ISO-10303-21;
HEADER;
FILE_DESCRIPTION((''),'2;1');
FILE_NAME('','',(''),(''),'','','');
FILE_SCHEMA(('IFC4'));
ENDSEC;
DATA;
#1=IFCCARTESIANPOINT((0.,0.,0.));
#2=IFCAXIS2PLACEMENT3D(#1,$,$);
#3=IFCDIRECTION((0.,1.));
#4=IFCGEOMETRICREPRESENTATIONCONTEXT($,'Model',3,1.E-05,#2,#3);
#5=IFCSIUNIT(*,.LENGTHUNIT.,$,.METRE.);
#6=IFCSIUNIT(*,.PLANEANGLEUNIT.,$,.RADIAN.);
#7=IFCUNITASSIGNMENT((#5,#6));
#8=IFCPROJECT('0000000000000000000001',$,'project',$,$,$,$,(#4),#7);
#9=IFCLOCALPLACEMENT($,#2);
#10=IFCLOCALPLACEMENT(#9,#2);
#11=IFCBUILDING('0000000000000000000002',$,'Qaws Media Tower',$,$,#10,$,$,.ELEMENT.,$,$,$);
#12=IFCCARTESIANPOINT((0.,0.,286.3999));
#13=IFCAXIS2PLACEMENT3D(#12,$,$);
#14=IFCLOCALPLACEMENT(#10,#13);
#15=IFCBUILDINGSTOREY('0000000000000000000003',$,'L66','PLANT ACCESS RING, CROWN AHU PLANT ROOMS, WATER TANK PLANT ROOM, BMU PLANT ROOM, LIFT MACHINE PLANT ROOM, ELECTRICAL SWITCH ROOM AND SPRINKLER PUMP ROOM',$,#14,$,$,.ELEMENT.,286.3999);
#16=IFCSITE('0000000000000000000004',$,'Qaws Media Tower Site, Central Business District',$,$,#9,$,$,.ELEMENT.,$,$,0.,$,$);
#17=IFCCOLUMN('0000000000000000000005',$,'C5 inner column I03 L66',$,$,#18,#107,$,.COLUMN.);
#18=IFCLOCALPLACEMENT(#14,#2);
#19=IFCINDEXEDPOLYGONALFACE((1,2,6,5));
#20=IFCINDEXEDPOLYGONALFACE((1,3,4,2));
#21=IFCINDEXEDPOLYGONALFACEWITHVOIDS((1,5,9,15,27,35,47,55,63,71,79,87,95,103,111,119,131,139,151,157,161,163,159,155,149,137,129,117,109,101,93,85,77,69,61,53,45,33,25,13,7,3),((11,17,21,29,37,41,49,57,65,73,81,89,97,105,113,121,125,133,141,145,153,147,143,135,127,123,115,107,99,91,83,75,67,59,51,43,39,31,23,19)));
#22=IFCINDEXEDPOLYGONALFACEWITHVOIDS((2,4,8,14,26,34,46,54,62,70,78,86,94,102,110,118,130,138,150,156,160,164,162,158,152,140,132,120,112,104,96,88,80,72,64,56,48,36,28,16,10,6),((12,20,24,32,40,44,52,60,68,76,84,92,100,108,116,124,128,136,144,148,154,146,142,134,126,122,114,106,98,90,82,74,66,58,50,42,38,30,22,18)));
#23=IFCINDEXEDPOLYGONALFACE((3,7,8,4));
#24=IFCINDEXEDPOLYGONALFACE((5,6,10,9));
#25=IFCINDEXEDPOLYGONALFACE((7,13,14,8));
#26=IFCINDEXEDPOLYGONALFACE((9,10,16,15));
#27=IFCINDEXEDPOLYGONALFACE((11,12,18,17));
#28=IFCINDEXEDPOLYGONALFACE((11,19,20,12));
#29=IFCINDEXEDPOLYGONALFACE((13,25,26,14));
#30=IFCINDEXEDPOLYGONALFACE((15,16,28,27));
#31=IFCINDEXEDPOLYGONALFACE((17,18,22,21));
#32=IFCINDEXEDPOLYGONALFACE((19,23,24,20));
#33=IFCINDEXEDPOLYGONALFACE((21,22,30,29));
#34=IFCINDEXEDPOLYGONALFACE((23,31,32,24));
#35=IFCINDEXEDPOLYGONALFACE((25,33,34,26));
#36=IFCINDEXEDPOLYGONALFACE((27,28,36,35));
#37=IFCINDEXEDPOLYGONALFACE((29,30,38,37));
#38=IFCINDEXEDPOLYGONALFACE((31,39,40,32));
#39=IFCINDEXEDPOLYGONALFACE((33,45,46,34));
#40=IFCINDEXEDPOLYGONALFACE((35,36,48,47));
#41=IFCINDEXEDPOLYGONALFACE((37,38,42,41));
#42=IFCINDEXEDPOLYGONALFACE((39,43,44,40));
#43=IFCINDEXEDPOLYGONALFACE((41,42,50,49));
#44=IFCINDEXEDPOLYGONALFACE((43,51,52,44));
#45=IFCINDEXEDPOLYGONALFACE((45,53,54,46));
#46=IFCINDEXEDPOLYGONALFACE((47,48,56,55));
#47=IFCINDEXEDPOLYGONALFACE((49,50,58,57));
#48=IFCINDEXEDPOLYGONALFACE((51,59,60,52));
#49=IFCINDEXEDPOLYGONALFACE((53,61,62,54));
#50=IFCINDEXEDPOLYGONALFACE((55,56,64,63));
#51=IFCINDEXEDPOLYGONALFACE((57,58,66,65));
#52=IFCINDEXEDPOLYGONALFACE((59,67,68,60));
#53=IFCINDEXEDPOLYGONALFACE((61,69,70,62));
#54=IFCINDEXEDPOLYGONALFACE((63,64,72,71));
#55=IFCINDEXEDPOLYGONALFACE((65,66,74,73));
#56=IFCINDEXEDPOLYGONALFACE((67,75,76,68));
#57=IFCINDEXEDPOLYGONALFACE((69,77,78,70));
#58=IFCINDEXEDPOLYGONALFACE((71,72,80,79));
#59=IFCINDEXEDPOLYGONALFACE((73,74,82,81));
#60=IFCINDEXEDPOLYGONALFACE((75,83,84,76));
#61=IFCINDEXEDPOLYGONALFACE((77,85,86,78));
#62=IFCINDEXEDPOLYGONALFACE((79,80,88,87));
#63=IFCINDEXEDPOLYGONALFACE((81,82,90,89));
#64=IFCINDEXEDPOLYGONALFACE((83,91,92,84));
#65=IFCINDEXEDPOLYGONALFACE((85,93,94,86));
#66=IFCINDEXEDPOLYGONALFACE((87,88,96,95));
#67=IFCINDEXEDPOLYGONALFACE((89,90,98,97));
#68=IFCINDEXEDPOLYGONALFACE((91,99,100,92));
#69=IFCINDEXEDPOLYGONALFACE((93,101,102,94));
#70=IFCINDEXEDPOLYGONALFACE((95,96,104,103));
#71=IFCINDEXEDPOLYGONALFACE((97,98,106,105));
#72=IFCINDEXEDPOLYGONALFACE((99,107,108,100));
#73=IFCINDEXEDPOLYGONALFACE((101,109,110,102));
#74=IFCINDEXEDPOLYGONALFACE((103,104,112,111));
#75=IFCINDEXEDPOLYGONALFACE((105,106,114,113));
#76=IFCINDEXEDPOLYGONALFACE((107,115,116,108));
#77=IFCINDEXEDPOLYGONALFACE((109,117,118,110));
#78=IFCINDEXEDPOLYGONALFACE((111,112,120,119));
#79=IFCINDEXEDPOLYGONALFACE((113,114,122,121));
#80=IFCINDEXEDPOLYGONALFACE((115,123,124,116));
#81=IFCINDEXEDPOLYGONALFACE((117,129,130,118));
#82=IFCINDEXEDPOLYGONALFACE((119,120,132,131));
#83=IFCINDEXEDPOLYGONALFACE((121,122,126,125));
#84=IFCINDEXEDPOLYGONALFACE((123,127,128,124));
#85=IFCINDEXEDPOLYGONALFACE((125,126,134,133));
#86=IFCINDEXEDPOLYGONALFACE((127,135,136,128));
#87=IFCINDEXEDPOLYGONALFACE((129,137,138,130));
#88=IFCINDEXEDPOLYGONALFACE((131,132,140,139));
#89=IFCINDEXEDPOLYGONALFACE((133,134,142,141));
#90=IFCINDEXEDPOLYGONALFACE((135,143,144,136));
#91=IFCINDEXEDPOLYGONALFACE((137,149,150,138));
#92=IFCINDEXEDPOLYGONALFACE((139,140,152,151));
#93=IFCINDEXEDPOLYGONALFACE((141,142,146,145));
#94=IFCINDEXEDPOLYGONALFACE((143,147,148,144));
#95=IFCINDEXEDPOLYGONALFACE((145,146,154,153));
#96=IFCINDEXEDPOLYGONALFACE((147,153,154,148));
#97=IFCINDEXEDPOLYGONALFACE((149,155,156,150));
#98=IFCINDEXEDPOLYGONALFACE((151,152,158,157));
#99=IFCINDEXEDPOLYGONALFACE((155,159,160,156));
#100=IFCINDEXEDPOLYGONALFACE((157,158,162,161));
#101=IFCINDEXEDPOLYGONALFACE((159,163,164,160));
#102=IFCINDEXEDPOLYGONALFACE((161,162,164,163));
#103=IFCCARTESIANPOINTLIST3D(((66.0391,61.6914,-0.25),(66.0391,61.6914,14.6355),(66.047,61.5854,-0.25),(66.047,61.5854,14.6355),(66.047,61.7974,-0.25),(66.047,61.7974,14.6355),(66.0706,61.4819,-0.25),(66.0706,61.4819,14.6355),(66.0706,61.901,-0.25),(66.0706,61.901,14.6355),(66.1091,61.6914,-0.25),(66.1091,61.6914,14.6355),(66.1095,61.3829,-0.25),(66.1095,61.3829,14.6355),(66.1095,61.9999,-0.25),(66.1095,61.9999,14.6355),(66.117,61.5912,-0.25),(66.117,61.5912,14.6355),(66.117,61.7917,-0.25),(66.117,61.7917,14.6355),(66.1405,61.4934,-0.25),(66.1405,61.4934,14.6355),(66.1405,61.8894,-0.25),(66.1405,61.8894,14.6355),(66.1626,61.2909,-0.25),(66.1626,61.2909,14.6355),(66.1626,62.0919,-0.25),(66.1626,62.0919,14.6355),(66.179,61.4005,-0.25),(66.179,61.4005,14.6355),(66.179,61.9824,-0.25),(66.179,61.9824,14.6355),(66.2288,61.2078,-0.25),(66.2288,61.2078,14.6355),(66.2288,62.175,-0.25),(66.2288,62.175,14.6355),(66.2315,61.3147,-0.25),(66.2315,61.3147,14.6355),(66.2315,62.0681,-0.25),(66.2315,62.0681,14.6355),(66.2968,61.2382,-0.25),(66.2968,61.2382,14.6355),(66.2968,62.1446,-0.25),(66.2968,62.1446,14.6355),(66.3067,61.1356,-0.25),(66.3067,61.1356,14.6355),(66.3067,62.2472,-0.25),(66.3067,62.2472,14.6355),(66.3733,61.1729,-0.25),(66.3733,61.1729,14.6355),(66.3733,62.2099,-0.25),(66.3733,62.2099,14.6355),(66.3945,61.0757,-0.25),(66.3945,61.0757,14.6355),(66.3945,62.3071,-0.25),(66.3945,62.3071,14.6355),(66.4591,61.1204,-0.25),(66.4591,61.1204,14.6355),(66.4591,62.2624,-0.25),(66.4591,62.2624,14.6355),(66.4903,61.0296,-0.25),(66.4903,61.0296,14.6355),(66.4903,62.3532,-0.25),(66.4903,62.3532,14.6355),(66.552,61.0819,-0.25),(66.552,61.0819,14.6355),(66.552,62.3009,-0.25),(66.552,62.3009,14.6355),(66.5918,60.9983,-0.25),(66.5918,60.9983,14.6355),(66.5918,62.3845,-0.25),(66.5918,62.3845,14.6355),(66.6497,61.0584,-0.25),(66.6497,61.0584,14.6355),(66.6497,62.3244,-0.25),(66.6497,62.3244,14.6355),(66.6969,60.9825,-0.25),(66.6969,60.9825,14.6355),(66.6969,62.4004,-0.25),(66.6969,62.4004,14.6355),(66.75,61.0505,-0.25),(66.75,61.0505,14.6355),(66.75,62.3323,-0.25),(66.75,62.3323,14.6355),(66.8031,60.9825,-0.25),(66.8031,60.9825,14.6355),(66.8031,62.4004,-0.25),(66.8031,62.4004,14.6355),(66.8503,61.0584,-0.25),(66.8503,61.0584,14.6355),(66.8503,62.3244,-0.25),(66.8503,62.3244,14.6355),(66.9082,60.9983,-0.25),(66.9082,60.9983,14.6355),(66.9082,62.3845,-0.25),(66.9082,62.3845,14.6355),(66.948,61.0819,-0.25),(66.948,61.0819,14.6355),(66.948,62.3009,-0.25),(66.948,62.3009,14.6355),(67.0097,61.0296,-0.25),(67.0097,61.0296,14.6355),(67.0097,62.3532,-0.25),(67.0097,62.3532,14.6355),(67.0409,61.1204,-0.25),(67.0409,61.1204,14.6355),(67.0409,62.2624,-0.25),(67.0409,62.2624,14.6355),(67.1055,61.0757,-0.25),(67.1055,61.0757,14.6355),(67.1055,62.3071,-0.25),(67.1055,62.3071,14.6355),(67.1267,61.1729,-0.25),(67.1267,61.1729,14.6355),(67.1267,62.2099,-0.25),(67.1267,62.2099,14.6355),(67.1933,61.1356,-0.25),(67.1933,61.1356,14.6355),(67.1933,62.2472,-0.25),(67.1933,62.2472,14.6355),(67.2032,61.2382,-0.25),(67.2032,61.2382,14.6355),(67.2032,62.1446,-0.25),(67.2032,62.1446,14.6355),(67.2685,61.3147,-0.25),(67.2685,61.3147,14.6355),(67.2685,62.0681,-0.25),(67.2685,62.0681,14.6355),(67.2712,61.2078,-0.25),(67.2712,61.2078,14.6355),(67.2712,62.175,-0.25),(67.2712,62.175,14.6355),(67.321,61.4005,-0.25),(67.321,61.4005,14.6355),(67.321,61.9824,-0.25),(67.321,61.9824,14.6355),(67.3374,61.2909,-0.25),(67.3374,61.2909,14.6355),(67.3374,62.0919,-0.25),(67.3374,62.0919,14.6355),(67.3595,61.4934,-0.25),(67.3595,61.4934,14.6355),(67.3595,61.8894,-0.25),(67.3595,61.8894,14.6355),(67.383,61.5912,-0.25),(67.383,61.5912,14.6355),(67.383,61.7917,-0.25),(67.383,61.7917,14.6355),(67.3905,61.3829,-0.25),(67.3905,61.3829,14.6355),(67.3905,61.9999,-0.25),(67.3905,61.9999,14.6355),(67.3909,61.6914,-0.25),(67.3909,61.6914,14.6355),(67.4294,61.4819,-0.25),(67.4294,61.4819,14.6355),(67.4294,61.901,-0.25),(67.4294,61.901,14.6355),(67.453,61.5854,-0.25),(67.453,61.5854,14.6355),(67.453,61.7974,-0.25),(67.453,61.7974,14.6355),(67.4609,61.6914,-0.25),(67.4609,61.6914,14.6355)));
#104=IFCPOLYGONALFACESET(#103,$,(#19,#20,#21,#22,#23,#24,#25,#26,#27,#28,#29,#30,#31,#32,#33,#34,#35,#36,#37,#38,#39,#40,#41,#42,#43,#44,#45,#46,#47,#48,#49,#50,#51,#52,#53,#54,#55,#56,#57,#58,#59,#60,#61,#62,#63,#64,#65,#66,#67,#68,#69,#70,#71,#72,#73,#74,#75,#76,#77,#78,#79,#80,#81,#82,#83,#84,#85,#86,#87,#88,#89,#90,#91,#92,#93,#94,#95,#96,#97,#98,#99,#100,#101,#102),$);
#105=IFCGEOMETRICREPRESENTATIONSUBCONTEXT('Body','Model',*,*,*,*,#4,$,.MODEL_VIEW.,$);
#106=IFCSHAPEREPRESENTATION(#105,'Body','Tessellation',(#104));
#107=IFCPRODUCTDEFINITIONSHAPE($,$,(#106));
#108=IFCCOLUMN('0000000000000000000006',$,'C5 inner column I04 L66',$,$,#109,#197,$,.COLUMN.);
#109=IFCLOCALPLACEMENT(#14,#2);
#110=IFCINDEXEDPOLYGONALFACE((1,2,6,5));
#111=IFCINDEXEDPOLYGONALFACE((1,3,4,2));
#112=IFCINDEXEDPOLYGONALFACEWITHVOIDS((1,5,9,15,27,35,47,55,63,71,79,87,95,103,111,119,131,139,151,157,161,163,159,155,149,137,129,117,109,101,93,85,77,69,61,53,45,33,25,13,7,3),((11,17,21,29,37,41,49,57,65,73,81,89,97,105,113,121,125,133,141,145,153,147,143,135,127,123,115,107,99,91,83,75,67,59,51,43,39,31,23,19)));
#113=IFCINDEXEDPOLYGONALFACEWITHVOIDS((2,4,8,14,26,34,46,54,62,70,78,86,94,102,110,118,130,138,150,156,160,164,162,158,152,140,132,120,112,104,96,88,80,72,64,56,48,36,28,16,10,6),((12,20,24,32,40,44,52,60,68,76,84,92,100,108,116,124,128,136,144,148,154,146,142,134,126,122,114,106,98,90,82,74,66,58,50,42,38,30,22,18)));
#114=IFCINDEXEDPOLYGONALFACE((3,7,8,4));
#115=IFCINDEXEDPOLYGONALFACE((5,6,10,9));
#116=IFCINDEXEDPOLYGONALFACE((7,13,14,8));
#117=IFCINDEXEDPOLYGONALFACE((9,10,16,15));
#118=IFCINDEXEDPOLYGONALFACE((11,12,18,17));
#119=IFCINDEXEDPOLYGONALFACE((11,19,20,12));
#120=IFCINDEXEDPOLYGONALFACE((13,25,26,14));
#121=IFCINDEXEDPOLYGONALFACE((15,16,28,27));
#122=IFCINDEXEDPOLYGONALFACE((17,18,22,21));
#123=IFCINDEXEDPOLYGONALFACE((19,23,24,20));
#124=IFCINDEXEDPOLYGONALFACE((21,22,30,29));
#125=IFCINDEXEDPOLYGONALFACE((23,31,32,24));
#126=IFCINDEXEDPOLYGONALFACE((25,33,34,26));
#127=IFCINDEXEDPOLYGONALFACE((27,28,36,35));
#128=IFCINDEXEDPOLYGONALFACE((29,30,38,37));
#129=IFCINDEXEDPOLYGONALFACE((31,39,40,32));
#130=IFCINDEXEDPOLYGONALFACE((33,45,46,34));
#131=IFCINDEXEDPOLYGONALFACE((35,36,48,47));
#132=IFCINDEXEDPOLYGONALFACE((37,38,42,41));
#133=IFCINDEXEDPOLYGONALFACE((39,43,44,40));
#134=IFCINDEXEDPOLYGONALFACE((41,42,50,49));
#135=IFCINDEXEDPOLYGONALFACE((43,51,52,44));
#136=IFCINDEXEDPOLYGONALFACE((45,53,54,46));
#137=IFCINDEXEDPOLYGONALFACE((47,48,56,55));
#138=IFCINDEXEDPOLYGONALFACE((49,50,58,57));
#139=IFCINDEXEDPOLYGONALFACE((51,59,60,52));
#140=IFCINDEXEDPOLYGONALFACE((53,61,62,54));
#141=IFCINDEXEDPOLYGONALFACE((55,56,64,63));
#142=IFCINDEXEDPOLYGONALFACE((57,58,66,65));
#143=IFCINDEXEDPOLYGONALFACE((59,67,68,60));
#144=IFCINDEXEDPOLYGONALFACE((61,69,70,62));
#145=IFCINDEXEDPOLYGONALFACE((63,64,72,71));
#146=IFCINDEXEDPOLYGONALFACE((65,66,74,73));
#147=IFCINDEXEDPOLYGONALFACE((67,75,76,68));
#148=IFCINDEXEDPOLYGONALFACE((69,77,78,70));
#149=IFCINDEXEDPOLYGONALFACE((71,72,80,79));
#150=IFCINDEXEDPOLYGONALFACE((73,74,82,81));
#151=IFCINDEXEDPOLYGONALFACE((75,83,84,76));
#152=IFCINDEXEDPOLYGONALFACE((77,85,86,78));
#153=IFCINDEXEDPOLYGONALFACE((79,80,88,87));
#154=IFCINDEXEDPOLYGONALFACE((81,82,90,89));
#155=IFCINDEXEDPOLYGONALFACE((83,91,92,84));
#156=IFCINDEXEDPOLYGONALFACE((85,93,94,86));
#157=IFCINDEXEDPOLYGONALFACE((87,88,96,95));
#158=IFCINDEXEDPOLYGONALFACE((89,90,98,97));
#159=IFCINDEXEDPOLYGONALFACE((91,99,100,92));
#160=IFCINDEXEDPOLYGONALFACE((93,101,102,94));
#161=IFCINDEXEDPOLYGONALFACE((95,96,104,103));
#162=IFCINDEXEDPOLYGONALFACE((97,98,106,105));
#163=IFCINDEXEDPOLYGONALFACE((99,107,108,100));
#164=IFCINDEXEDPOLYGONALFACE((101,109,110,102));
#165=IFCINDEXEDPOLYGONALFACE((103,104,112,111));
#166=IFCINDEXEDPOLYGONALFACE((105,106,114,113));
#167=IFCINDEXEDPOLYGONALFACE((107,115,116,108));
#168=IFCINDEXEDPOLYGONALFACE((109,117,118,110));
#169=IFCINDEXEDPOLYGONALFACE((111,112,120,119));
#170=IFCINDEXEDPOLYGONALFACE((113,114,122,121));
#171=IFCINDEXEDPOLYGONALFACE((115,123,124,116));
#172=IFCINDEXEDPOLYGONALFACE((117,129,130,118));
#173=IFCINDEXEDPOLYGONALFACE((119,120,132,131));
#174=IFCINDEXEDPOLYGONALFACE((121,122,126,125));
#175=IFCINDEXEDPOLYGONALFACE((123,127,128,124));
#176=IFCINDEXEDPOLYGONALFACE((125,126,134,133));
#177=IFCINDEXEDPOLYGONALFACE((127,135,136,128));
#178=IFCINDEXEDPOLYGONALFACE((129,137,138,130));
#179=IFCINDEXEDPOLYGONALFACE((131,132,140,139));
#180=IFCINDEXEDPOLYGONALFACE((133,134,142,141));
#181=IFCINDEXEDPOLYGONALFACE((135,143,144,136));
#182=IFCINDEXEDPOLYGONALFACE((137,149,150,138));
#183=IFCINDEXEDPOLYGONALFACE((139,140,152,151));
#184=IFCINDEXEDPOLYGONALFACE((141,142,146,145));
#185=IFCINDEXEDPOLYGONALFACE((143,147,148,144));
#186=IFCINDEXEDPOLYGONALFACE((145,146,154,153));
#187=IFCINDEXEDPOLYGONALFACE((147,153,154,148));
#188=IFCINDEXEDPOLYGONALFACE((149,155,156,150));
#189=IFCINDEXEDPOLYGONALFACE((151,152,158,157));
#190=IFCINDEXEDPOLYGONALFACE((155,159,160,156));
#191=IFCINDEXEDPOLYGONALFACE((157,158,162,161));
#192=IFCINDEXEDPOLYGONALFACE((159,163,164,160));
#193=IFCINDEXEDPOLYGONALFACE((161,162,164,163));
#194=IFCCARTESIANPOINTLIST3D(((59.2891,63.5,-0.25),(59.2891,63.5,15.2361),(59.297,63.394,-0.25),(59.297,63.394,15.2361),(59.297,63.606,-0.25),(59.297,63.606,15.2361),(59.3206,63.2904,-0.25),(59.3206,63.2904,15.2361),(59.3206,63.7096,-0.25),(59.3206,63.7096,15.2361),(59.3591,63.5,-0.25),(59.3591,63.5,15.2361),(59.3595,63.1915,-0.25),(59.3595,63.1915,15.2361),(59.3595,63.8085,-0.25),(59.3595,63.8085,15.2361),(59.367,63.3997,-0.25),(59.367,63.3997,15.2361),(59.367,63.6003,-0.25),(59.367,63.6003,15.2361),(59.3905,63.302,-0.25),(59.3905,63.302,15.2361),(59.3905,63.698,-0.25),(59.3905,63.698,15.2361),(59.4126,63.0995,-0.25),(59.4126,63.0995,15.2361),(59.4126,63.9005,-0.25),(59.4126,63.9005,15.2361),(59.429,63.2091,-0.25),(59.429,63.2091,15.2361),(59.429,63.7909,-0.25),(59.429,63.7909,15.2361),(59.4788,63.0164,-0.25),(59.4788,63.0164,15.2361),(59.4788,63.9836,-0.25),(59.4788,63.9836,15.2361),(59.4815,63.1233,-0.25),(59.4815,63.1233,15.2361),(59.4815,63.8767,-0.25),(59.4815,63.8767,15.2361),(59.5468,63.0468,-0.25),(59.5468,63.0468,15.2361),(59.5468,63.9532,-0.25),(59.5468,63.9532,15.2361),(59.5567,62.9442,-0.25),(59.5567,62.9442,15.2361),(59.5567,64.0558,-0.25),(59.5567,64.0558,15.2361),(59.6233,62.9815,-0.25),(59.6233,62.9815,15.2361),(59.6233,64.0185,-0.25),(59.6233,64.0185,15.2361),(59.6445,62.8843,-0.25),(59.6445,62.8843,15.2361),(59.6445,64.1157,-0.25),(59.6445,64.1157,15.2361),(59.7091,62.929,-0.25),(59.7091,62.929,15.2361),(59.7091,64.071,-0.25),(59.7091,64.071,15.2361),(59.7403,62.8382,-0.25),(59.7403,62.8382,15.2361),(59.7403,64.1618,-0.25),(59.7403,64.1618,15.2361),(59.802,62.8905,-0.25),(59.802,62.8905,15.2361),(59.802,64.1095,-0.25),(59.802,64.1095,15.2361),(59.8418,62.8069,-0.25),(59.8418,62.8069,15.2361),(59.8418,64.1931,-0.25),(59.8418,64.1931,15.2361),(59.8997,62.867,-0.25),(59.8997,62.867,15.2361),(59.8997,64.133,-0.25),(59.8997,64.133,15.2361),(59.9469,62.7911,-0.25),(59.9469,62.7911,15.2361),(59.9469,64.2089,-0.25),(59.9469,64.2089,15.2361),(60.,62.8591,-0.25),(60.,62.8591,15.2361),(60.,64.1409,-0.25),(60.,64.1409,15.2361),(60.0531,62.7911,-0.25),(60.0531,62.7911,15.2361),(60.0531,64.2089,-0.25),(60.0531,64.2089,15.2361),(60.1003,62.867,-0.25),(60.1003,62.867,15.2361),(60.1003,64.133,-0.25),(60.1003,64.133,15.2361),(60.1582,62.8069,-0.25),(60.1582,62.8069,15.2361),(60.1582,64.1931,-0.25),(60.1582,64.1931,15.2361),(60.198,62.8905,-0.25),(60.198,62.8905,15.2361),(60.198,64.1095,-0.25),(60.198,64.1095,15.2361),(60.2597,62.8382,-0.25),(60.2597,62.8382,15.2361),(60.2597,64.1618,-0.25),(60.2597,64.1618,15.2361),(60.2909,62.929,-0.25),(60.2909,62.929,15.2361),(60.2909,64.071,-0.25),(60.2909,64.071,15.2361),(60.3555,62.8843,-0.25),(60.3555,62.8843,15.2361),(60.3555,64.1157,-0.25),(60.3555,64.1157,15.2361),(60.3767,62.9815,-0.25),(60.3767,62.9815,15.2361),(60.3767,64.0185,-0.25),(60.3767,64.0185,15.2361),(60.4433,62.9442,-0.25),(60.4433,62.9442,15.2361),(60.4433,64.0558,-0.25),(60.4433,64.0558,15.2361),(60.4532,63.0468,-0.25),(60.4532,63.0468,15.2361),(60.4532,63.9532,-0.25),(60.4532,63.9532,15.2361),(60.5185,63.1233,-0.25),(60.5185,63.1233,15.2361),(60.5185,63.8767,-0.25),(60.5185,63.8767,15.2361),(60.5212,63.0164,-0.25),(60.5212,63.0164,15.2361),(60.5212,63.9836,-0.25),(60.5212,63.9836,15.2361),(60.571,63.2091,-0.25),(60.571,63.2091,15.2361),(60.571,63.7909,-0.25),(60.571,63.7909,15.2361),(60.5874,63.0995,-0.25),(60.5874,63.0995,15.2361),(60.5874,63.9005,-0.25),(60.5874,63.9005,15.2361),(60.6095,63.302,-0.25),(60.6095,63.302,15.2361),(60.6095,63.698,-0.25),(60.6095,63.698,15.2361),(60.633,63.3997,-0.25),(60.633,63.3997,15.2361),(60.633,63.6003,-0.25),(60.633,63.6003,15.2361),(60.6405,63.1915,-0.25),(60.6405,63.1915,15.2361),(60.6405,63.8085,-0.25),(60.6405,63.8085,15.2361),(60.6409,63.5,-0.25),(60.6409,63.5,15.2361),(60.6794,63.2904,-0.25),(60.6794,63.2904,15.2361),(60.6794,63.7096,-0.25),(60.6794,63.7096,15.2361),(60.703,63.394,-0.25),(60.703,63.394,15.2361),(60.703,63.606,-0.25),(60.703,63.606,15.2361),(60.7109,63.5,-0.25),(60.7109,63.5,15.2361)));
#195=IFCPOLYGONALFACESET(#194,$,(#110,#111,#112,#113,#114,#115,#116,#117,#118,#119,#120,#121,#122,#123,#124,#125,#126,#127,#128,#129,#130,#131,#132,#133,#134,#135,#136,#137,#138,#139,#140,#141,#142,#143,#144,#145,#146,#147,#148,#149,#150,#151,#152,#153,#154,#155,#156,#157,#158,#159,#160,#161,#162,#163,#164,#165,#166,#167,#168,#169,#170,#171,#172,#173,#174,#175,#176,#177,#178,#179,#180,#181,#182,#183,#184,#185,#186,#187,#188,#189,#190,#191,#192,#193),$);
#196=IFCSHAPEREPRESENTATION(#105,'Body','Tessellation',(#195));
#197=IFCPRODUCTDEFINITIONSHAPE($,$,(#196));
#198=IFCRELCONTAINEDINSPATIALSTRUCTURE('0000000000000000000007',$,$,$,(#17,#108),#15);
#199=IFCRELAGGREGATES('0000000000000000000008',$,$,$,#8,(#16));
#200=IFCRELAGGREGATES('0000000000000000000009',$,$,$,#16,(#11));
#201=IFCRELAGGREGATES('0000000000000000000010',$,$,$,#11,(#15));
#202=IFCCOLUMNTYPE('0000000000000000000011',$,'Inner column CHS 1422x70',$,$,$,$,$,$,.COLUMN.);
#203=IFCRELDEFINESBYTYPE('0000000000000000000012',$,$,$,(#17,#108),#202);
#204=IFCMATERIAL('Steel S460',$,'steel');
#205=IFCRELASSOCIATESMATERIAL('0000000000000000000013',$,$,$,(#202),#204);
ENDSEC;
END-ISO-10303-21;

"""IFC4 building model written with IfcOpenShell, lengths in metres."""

from ifc_helpers import new_model, si_unit, direction, frame, origin, origin_2d, place, context, subcontext, project, spatial, hollow_circle, extrude, material, material_profile, profile_set, type_object, element, save


model = new_model("IFC4")

# Units and contexts
model_context = context("Model", 3, precision=1e-05, world=origin(), true_north=direction((0.0, 1.0)))
body_context = subcontext(model_context, "Body", "Model", "MODEL_VIEW")
ifc_project = project(units=[si_unit("LENGTHUNIT", "METRE"), si_unit("PLANEANGLEUNIT", "RADIAN")], contexts=[model_context])

# Site, building, storey
site_placement = place(None, origin())
site = spatial("IfcSite", under=ifc_project, at=site_placement, Name="Qaws Media Tower Site, Central Business District", CompositionType="ELEMENT", RefElevation=0.0)
building_placement = place(site_placement, origin())
building = spatial("IfcBuilding", under=site, at=building_placement, Name="Qaws Media Tower", CompositionType="ELEMENT")
storey_placement = place(building_placement, frame((0.0, 0.0, 286.3999)))
storey = spatial("IfcBuildingStorey", under=building, at=storey_placement, Name="L66", Description="PLANT ACCESS RING, CROWN AHU PLANT ROOMS, WATER TANK PLANT ROOM, BMU PLANT ROOM, LIFT MACHINE PLANT ROOM, ELECTRICAL SWITCH ROOM AND SPRINKLER PUMP ROOM", CompositionType="ELEMENT", Elevation=286.3999)

# Columns
ifc_material_1 = material(Name="Steel S460", Category="steel")
ifc_material_profile_1 = material_profile(ifc_material_1, hollow_circle(Radius=0.7109, WallThickness=0.0701, at=origin_2d()), Name="CHS 1422x70")
ifc_profile_set_1 = profile_set([ifc_material_profile_1], Name="Steel S460")
column_type = type_object("IfcColumnType", Name="Inner column CHS 1422x70", PredefinedType="COLUMN", material=ifc_profile_set_1)
column_1_placement = place(storey_placement, frame((66.75, 61.6914, -0.25), z_axis=(0.0, 0.0, 1.0), x_axis=(1.0, 0.0, 0.0)))
element("IfcColumn", 1, at=column_1_placement, inside=storey, type_object=column_type, Name="C5 inner column I03 L66", PredefinedType="COLUMN", context=body_context, shape_type="SweptSolid", body=[
    extrude(hollow_circle(Radius=0.7109, WallThickness=0.0701, at=origin_2d()), origin(), (0.0, 0.0, 1.0), 14.8855),
])
column_2_placement = place(storey_placement, frame((60.0, 63.5, -0.25), z_axis=(0.0, 0.0, 1.0), x_axis=(1.0, 0.0, 0.0)))
element("IfcColumn", 2, at=column_2_placement, inside=storey, type_object=column_type, Name="C5 inner column I04 L66", PredefinedType="COLUMN", context=body_context, shape_type="SweptSolid", body=[
    extrude(hollow_circle(Radius=0.7109, WallThickness=0.0701, at=origin_2d()), origin(), (0.0, 0.0, 1.0), 15.4861),
])

save(model, "model.ifc")
